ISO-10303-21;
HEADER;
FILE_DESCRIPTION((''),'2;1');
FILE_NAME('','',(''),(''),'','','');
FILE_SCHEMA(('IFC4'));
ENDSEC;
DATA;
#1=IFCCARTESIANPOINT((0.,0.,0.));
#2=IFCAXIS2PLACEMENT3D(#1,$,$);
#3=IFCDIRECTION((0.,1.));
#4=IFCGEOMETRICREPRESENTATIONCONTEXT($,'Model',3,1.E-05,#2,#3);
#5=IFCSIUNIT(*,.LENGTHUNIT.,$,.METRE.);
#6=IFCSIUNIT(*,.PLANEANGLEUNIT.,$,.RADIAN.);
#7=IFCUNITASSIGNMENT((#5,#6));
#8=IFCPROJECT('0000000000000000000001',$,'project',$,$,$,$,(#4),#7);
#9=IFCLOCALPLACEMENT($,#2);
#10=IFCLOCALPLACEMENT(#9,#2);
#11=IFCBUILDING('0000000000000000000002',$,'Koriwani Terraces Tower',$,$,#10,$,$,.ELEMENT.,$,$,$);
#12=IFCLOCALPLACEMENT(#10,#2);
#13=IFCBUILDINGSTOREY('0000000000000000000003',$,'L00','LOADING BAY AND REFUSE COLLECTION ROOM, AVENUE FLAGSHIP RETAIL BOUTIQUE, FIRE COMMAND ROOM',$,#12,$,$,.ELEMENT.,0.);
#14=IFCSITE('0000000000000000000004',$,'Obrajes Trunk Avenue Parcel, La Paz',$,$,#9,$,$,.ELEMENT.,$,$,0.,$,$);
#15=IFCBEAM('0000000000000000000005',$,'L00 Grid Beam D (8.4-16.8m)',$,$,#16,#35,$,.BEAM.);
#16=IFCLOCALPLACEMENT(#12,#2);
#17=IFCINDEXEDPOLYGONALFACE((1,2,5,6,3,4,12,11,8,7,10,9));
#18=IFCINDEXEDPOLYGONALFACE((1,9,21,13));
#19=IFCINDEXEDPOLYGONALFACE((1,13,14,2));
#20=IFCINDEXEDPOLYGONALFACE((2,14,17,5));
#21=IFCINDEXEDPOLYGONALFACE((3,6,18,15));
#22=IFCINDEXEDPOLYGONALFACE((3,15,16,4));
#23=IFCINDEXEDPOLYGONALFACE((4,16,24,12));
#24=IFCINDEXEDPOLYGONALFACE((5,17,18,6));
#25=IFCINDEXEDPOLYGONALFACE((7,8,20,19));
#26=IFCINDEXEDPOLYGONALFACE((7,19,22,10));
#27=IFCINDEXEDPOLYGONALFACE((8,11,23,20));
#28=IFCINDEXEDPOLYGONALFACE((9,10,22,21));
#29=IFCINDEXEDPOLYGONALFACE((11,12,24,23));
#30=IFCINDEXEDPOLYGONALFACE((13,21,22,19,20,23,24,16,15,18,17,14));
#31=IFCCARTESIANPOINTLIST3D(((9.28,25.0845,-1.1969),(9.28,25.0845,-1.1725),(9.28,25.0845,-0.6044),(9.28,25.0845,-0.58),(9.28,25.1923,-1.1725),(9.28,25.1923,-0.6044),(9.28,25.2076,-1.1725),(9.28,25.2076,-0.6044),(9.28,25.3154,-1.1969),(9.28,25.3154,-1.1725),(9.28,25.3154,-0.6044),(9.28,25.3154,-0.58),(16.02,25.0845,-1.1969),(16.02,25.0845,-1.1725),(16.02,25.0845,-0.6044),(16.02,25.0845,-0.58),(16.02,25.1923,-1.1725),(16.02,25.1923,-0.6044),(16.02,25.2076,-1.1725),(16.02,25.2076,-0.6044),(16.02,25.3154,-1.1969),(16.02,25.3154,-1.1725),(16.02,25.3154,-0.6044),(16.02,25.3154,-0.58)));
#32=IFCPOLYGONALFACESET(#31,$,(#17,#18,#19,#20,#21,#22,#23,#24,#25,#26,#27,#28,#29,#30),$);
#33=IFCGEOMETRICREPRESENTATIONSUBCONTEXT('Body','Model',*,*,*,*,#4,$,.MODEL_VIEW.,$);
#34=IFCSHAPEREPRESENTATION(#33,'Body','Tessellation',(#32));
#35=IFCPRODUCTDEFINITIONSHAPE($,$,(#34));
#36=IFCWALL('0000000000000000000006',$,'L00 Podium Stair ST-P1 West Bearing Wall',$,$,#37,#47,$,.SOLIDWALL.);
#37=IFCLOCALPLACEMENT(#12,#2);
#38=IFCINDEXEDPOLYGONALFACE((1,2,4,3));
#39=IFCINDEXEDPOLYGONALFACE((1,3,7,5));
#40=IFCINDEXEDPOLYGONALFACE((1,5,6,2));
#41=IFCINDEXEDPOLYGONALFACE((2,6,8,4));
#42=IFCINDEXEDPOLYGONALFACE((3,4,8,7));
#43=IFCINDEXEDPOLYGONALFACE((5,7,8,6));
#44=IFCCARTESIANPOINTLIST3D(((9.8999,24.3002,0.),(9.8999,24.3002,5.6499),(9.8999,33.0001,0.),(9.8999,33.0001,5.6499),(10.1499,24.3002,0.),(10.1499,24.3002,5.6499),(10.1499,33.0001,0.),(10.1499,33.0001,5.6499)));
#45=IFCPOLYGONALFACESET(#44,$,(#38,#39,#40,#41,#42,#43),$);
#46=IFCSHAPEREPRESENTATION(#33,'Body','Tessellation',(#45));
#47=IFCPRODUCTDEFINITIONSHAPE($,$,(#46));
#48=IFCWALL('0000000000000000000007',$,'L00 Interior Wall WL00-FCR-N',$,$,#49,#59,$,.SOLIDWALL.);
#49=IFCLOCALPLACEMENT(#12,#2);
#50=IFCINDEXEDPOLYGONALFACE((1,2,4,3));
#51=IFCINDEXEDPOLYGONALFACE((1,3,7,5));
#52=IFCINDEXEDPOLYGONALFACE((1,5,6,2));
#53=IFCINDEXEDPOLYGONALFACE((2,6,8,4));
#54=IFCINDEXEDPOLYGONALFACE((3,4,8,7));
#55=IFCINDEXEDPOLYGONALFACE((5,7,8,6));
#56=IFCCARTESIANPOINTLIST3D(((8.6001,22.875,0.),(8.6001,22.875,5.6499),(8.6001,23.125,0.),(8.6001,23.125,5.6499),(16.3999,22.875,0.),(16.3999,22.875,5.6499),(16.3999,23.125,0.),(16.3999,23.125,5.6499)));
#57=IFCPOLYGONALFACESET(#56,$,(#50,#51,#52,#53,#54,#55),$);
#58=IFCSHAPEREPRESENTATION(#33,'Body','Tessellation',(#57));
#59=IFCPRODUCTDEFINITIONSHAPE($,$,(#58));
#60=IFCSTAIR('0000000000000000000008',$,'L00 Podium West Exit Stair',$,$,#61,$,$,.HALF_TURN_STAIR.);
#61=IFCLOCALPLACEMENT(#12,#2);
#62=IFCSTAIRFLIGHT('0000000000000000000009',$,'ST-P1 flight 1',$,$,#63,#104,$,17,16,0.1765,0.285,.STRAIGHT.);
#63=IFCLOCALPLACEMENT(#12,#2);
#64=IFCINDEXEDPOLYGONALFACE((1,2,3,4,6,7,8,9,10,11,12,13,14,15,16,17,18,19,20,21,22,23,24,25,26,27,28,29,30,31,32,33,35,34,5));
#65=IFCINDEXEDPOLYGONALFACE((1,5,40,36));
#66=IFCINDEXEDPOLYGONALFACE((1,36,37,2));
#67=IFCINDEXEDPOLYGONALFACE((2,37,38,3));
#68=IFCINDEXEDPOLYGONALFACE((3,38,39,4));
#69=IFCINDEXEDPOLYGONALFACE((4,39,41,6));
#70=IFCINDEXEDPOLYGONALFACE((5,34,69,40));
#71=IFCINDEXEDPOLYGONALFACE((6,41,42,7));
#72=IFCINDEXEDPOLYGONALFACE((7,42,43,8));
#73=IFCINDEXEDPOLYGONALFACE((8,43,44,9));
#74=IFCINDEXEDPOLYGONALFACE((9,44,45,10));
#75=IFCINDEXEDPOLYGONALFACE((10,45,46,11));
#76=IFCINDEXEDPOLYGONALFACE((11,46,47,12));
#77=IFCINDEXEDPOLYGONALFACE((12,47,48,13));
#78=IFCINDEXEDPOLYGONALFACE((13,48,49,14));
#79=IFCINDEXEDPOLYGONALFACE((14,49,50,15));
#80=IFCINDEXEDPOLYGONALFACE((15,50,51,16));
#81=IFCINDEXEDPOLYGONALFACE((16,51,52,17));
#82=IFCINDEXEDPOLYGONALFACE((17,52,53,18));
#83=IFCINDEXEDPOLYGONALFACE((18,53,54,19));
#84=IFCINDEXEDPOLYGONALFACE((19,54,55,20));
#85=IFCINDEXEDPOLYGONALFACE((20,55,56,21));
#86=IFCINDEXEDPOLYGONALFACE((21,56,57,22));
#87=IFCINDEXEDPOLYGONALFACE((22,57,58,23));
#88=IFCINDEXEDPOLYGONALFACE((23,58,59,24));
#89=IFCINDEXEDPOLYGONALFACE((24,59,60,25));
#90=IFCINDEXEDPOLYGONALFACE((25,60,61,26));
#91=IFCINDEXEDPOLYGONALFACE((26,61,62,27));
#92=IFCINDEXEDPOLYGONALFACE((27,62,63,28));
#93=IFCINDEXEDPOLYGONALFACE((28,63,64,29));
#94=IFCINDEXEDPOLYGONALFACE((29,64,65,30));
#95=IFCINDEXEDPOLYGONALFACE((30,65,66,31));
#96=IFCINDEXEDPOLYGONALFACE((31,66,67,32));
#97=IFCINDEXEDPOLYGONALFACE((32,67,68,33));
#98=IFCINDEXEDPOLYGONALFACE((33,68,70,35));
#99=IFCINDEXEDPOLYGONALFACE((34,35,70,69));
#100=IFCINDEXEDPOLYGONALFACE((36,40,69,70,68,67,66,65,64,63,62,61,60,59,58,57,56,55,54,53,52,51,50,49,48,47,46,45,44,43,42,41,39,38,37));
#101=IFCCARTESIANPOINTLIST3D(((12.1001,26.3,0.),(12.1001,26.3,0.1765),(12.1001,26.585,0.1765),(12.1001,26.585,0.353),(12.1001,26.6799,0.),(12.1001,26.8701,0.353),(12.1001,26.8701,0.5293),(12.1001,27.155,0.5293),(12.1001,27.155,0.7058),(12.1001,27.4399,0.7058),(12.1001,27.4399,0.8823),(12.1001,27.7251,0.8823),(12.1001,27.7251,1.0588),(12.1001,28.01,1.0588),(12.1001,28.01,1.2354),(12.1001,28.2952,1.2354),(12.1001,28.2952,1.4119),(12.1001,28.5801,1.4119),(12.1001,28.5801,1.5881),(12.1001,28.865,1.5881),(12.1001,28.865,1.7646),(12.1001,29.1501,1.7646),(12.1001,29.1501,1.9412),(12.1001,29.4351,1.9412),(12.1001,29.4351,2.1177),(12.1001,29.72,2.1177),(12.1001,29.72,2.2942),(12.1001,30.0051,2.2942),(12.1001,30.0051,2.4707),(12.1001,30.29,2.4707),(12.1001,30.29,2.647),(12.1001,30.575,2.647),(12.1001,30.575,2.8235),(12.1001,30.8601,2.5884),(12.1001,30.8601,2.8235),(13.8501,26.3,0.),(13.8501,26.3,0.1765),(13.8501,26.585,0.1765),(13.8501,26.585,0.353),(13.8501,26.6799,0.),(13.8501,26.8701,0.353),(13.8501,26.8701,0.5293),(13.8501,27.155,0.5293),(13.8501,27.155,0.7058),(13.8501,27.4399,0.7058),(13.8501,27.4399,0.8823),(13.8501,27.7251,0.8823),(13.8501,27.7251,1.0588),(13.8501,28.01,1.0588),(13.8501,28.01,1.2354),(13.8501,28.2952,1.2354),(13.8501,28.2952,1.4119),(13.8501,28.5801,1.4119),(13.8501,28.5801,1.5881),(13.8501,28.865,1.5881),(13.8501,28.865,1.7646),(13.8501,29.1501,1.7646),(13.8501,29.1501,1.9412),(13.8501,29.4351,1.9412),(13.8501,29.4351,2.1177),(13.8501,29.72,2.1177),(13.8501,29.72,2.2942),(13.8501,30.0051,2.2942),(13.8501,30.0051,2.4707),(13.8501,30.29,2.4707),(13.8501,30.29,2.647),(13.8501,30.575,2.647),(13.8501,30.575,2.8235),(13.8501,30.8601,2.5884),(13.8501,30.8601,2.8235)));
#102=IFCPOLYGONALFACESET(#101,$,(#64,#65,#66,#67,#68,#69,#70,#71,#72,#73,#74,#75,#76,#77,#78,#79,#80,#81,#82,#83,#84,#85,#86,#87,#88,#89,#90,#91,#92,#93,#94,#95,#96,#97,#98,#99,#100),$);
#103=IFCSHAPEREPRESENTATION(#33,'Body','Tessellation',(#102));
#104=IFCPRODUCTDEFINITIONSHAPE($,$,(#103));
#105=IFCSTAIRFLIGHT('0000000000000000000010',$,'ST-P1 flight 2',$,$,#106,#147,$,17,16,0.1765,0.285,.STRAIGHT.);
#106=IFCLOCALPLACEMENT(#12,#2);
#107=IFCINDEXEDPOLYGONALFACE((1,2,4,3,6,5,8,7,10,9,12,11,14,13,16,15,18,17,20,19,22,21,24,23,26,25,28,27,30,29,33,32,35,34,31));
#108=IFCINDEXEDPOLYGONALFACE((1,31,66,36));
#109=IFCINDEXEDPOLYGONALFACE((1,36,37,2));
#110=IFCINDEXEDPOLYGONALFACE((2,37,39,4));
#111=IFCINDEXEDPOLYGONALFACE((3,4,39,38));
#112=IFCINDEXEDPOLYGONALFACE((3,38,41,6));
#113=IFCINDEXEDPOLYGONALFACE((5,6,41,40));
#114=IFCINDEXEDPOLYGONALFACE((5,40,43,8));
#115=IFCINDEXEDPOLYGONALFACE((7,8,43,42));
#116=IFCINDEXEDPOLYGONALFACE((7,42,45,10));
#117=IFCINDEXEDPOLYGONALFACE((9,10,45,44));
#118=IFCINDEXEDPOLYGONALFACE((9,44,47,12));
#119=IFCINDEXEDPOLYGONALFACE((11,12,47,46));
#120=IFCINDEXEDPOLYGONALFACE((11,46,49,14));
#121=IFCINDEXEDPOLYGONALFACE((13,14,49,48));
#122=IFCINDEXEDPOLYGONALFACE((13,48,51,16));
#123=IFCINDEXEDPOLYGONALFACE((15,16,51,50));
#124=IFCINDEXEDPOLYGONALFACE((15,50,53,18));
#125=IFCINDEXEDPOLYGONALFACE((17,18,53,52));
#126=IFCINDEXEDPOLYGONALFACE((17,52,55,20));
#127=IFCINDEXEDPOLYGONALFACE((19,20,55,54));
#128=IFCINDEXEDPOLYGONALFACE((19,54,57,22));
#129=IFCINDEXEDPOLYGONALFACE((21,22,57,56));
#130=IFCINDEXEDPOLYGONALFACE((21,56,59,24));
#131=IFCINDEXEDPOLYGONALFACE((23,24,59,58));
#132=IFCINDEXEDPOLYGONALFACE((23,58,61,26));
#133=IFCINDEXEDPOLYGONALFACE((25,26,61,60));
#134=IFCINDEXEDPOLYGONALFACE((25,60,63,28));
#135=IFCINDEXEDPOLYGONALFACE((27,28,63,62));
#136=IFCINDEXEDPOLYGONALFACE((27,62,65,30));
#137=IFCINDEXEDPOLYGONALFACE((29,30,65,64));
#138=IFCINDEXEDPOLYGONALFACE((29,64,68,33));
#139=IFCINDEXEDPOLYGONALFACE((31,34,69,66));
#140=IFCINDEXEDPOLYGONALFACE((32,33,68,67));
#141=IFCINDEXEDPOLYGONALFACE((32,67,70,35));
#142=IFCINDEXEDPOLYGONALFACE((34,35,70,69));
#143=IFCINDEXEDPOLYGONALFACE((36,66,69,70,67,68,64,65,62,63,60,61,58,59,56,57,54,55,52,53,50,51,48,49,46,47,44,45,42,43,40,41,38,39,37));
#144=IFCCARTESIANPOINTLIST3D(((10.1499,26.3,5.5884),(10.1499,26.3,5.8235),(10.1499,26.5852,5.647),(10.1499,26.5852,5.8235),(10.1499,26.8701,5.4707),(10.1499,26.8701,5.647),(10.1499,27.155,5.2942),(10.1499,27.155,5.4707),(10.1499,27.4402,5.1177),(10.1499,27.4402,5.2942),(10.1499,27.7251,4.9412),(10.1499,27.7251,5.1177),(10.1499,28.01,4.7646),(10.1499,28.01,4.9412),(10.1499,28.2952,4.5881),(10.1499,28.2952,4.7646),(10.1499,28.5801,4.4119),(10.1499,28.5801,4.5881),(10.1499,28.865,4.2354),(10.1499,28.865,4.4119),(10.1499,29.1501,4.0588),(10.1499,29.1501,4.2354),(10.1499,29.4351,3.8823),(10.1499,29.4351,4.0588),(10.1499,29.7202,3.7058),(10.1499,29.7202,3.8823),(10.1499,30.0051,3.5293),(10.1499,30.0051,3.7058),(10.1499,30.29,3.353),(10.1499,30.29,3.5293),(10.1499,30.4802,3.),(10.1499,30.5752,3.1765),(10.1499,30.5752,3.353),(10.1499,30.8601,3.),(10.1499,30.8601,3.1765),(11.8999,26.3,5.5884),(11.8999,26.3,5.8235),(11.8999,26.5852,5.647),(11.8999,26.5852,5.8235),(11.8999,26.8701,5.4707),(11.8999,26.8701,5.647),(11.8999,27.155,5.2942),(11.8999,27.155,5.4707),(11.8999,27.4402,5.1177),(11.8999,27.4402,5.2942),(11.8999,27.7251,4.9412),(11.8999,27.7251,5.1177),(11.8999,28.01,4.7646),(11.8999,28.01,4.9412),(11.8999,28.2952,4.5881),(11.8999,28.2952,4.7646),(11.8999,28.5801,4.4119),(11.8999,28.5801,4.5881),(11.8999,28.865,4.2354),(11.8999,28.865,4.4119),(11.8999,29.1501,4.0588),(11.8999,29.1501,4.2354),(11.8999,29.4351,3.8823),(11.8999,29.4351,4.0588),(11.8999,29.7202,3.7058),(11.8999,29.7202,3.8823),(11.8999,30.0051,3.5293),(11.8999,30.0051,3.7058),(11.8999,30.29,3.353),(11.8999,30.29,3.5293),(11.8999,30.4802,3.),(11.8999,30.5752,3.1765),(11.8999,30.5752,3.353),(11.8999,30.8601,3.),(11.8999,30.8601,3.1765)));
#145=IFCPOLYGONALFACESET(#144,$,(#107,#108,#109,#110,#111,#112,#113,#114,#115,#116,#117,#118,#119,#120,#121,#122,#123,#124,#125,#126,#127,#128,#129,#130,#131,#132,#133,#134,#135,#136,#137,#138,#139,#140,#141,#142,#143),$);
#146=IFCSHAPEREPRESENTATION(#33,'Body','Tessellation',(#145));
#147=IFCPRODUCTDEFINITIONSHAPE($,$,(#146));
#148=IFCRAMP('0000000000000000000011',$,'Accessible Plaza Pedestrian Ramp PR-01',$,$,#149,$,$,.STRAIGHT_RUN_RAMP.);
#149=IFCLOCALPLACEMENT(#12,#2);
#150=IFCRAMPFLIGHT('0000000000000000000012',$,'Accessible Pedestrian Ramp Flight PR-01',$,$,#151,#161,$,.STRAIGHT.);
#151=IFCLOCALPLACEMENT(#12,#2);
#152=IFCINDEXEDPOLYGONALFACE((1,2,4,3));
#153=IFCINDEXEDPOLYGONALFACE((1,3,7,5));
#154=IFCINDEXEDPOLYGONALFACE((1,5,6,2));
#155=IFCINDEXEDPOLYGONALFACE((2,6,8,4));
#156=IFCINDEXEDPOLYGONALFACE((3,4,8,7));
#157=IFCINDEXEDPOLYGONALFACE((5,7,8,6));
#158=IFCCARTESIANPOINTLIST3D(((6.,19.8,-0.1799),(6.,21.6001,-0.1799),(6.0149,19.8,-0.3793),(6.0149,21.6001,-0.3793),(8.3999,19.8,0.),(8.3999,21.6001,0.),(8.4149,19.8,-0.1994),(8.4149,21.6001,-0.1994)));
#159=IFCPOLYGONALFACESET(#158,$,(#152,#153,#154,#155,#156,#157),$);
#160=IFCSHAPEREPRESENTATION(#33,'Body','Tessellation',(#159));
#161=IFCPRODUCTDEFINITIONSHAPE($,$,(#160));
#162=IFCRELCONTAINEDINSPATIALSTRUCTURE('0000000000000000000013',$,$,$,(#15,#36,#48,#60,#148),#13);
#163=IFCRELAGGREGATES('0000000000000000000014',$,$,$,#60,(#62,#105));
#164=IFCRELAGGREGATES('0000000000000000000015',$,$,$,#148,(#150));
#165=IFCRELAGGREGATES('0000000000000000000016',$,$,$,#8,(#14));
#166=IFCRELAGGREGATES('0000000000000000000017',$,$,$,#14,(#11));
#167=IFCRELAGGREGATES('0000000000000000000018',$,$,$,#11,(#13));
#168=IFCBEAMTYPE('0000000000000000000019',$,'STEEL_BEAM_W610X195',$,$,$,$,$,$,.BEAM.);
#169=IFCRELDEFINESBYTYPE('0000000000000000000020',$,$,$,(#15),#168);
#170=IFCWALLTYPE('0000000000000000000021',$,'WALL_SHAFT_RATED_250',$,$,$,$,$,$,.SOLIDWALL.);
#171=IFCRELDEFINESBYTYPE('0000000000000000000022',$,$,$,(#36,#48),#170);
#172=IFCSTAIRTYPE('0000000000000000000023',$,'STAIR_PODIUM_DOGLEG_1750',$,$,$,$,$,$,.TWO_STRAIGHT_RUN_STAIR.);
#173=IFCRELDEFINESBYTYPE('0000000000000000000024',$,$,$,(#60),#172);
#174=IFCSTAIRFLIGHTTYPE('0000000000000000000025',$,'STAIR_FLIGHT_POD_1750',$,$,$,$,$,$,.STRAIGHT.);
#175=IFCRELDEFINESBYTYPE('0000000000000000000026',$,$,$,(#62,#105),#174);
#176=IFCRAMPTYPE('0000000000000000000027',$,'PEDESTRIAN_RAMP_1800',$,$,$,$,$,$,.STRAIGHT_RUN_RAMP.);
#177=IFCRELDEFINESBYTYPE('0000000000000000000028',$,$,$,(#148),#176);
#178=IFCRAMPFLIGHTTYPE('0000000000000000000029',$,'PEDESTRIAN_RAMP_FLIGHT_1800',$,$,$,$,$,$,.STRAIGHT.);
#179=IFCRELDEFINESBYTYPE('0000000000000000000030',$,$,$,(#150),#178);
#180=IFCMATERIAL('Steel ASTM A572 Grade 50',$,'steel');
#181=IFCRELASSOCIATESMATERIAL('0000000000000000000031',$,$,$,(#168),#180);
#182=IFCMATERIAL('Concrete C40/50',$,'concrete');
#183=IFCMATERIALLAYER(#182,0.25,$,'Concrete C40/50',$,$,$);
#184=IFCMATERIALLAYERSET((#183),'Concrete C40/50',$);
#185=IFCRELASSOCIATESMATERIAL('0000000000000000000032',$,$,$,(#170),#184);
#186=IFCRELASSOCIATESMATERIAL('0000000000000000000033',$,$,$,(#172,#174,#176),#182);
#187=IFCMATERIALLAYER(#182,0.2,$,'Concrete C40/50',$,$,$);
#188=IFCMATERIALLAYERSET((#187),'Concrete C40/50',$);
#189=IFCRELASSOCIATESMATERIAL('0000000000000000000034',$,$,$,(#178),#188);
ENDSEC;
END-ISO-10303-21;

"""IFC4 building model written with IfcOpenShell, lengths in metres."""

from ifc_helpers import new_model, si_unit, direction, frame, frame_2d, origin, origin_2d, place, context, subcontext, project, spatial, polyline, rectangle, i_section, outline, extrude, material, layer, layer_set, material_profile, profile_set, type_object, element, aggregate, save


model = new_model("IFC4")

# Units and contexts
model_context = context("Model", 3, precision=1e-05, world=origin(), true_north=direction((0.0, 1.0)))
body_context = subcontext(model_context, "Body", "Model", "MODEL_VIEW")
ifc_project = project(units=[si_unit("LENGTHUNIT", "METRE"), si_unit("PLANEANGLEUNIT", "RADIAN")], contexts=[model_context])

# Site, building, storey
site_placement = place(None, origin())
site = spatial("IfcSite", under=ifc_project, at=site_placement, Name="Obrajes Trunk Avenue Parcel, La Paz", CompositionType="ELEMENT", RefElevation=0.0)
building_placement = place(site_placement, origin())
building = spatial("IfcBuilding", under=site, at=building_placement, Name="Koriwani Terraces Tower", CompositionType="ELEMENT")
storey_placement = place(building_placement, origin())
storey = spatial("IfcBuildingStorey", under=building, at=storey_placement, Name="L00", Description="LOADING BAY AND REFUSE COLLECTION ROOM, AVENUE FLAGSHIP RETAIL BOUTIQUE, FIRE COMMAND ROOM", CompositionType="ELEMENT", Elevation=0.0)

# Beam
ifc_material_1 = material(Name="Concrete C40/50", Category="concrete")
ifc_material_2 = material(Name="Steel ASTM A572 Grade 50", Category="steel")
ifc_material_profile_1 = material_profile(ifc_material_2, i_section(OverallWidth=0.231, OverallDepth=0.6169, WebThickness=0.0154, FlangeThickness=0.0244, at=origin_2d()), Name="Steel ASTM A572 Grade 50", Category="LoadBearing")
ifc_profile_set_1 = profile_set([ifc_material_profile_1], Name="Steel ASTM A572 Grade 50")
beam_type_1 = type_object("IfcBeamType", Name="STEEL_BEAM_W610X195", PredefinedType="BEAM", material=ifc_profile_set_1)
beam_1_placement = place(storey_placement, frame((9.28, 25.2, -0.8884), z_axis=(1.0, 0.0, 0.0), x_axis=(0.0, 1.0, 0.0)))
element("IfcBeam", 1, at=beam_1_placement, inside=storey, type_object=beam_type_1, Name="L00 Grid Beam D (8.4-16.8m)", PredefinedType="BEAM", context=body_context, shape_type="SweptSolid", body=[
    extrude(i_section(OverallWidth=0.231, OverallDepth=0.6169, WebThickness=0.0154, FlangeThickness=0.0244, at=origin_2d()), origin(), (0.0, 0.0, 1.0), 6.74),
])

# Wall
ifc_layer_1 = layer(ifc_material_1, 0.25, Name="Concrete C40/50")
ifc_layer_set_1 = layer_set([ifc_layer_1], Name="Concrete C40/50")
wall_type = type_object("IfcWallType", Name="WALL_SHAFT_RATED_250", PredefinedType="SOLIDWALL", material=ifc_layer_set_1)
wall_1_placement = place(storey_placement, frame((10.0249, 24.3, 0.0), z_axis=(0.0, 0.0, 1.0), x_axis=(0.0, 1.0, 0.0)))
element("IfcWall", 2, at=wall_1_placement, inside=storey, type_object=wall_type, Name="L00 Podium Stair ST-P1 West Bearing Wall", PredefinedType="SOLIDWALL", context=body_context, shape_type="SweptSolid", body=[
    extrude(rectangle(XDim=8.7, YDim=0.25, at=frame_2d((4.3501, 0.0))), origin(), (0.0, 0.0, 1.0), 5.6499),
])

# Wall
wall_2_placement = place(storey_placement, frame((8.6001, 23.0, 0.0), z_axis=(0.0, 0.0, 1.0), x_axis=(1.0, 0.0, 0.0)))
element("IfcWall", 3, at=wall_2_placement, inside=storey, type_object=wall_type, Name="L00 Interior Wall WL00-FCR-N", PredefinedType="SOLIDWALL", context=body_context, shape_type="SweptSolid", body=[
    extrude(rectangle(XDim=7.7998, YDim=0.25, at=frame_2d((3.8999, 0.0))), origin(), (0.0, 0.0, 1.0), 5.6499),
])

# Stair, stair flights
stair_type = type_object("IfcStairType", Name="STAIR_PODIUM_DOGLEG_1750", PredefinedType="TWO_STRAIGHT_RUN_STAIR", material=ifc_material_1)
stair_placement = place(storey_placement, origin())
stair = element("IfcStair", 4, at=stair_placement, inside=storey, type_object=stair_type, Name="L00 Podium West Exit Stair", PredefinedType="HALF_TURN_STAIR")
stair_flight_type = type_object("IfcStairFlightType", Name="STAIR_FLIGHT_POD_1750", PredefinedType="STRAIGHT", material=ifc_material_1)
stair_flight_1_placement = place(storey_placement, frame((12.9751, 26.3, 0.0), z_axis=(0.0, 0.0, 1.0), x_axis=(0.0, 1.0, 0.0)))
stair_flight_1 = element("IfcStairFlight", 5, at=stair_flight_1_placement, type_object=stair_flight_type, Name="ST-P1 flight 1", NumberOfRisers=17, NumberOfTreads=16, PredefinedType="STRAIGHT", RiserHeight=0.1765, TreadLength=0.285, context=body_context, shape_type="SweptSolid", body=[
    extrude(outline(polyline([(0.0, 0.0), (0.0, 0.1765), (0.2849, 0.1765), (0.2849, 0.353), (0.5701, 0.353), (0.5701, 0.5293), (0.855, 0.5293), (0.855, 0.7058), (1.1399, 0.7058), (1.1399, 0.8823), (1.425, 0.8823), (1.425, 1.0588), (1.71, 1.0588), (1.71, 1.2354), (1.9951, 1.2354), (1.9951, 1.4119), (2.28, 1.4119), (2.28, 1.5881), (2.5649, 1.5881), (2.5649, 1.7646), (2.8501, 1.7646), (2.8501, 1.9412), (3.135, 1.9412), (3.135, 2.1177), (3.4199, 2.1177), (3.4199, 2.2942), (3.7051, 2.2942), (3.7051, 2.4707), (3.99, 2.4707), (3.99, 2.647), (4.2749, 2.647), (4.2749, 2.8235), (4.5601, 2.8235), (4.5601, 3.0), (4.5601, 2.5884), (0.3799, 0.0), (0.0, 0.0)])), frame((0.0, 0.875, 0.0), z_axis=(0.0, -1.0, 0.0), x_axis=(1.0, 0.0, 0.0)), (0.0, 0.0, 1.0), 1.75),
])
stair_flight_2_placement = place(storey_placement, frame((11.0249, 30.8601, 3.0), z_axis=(0.0, 0.0, 1.0), x_axis=(0.0, -1.0, 0.0)))
stair_flight_2 = element("IfcStairFlight", 6, at=stair_flight_2_placement, type_object=stair_flight_type, Name="ST-P1 flight 2", NumberOfRisers=17, NumberOfTreads=16, PredefinedType="STRAIGHT", RiserHeight=0.1765, TreadLength=0.285, context=body_context, shape_type="SweptSolid", body=[
    extrude(outline(polyline([(0.0, 0.0), (0.0, 0.1765), (0.2849, 0.1765), (0.2849, 0.353), (0.5701, 0.353), (0.5701, 0.5293), (0.855, 0.5293), (0.855, 0.7058), (1.1399, 0.7058), (1.1399, 0.8823), (1.425, 0.8823), (1.425, 1.0588), (1.71, 1.0588), (1.71, 1.2354), (1.9951, 1.2354), (1.9951, 1.4119), (2.28, 1.4119), (2.28, 1.5881), (2.5649, 1.5881), (2.5649, 1.7646), (2.8501, 1.7646), (2.8501, 1.9412), (3.135, 1.9412), (3.135, 2.1177), (3.4199, 2.1177), (3.4199, 2.2942), (3.7051, 2.2942), (3.7051, 2.4707), (3.99, 2.4707), (3.99, 2.647), (4.2749, 2.647), (4.2749, 2.8235), (4.5601, 2.8235), (4.5601, 3.0), (4.5601, 2.5884), (0.3799, 0.0), (0.0, 0.0)])), frame((0.0, 0.875, 0.0), z_axis=(0.0, -1.0, 0.0), x_axis=(1.0, 0.0, 0.0)), (0.0, 0.0, 1.0), 1.75),
])
aggregate(stair, [stair_flight_1, stair_flight_2])

# Ramp, ramp flight
ramp_type = type_object("IfcRampType", Name="PEDESTRIAN_RAMP_1800", PredefinedType="STRAIGHT_RUN_RAMP", material=ifc_material_1)
ramp_placement = place(storey_placement, origin())
ramp = element("IfcRamp", 7, at=ramp_placement, inside=storey, type_object=ramp_type, Name="Accessible Plaza Pedestrian Ramp PR-01", PredefinedType="STRAIGHT_RUN_RAMP")
ifc_layer_2 = layer(ifc_material_1, 0.2, Name="Concrete C40/50")
ifc_layer_set_2 = layer_set([ifc_layer_2], Name="Concrete C40/50")
ramp_flight_type = type_object("IfcRampFlightType", Name="PEDESTRIAN_RAMP_FLIGHT_1800", PredefinedType="STRAIGHT", material=ifc_layer_set_2)
ramp_flight_placement = place(storey_placement, frame((6.0, 19.8, -0.1799), z_axis=(-0.074765, 0.0, 0.997201), x_axis=(0.997201, 0.0, 0.074765)))
ramp_flight = element("IfcRampFlight", 8, at=ramp_flight_placement, type_object=ramp_flight_type, Name="Accessible Pedestrian Ramp Flight PR-01", PredefinedType="STRAIGHT", context=body_context, shape_type="SweptSolid", body=[
    extrude(outline(polyline([(0.0, 0.0), (2.4066, 0.0), (2.4066, 1.8), (0.0, 1.8), (0.0, 0.0)])), origin(), (0.0, 0.0, -1.0), 0.2),
])
aggregate(ramp, [ramp_flight])

save(model, "model.ifc")
